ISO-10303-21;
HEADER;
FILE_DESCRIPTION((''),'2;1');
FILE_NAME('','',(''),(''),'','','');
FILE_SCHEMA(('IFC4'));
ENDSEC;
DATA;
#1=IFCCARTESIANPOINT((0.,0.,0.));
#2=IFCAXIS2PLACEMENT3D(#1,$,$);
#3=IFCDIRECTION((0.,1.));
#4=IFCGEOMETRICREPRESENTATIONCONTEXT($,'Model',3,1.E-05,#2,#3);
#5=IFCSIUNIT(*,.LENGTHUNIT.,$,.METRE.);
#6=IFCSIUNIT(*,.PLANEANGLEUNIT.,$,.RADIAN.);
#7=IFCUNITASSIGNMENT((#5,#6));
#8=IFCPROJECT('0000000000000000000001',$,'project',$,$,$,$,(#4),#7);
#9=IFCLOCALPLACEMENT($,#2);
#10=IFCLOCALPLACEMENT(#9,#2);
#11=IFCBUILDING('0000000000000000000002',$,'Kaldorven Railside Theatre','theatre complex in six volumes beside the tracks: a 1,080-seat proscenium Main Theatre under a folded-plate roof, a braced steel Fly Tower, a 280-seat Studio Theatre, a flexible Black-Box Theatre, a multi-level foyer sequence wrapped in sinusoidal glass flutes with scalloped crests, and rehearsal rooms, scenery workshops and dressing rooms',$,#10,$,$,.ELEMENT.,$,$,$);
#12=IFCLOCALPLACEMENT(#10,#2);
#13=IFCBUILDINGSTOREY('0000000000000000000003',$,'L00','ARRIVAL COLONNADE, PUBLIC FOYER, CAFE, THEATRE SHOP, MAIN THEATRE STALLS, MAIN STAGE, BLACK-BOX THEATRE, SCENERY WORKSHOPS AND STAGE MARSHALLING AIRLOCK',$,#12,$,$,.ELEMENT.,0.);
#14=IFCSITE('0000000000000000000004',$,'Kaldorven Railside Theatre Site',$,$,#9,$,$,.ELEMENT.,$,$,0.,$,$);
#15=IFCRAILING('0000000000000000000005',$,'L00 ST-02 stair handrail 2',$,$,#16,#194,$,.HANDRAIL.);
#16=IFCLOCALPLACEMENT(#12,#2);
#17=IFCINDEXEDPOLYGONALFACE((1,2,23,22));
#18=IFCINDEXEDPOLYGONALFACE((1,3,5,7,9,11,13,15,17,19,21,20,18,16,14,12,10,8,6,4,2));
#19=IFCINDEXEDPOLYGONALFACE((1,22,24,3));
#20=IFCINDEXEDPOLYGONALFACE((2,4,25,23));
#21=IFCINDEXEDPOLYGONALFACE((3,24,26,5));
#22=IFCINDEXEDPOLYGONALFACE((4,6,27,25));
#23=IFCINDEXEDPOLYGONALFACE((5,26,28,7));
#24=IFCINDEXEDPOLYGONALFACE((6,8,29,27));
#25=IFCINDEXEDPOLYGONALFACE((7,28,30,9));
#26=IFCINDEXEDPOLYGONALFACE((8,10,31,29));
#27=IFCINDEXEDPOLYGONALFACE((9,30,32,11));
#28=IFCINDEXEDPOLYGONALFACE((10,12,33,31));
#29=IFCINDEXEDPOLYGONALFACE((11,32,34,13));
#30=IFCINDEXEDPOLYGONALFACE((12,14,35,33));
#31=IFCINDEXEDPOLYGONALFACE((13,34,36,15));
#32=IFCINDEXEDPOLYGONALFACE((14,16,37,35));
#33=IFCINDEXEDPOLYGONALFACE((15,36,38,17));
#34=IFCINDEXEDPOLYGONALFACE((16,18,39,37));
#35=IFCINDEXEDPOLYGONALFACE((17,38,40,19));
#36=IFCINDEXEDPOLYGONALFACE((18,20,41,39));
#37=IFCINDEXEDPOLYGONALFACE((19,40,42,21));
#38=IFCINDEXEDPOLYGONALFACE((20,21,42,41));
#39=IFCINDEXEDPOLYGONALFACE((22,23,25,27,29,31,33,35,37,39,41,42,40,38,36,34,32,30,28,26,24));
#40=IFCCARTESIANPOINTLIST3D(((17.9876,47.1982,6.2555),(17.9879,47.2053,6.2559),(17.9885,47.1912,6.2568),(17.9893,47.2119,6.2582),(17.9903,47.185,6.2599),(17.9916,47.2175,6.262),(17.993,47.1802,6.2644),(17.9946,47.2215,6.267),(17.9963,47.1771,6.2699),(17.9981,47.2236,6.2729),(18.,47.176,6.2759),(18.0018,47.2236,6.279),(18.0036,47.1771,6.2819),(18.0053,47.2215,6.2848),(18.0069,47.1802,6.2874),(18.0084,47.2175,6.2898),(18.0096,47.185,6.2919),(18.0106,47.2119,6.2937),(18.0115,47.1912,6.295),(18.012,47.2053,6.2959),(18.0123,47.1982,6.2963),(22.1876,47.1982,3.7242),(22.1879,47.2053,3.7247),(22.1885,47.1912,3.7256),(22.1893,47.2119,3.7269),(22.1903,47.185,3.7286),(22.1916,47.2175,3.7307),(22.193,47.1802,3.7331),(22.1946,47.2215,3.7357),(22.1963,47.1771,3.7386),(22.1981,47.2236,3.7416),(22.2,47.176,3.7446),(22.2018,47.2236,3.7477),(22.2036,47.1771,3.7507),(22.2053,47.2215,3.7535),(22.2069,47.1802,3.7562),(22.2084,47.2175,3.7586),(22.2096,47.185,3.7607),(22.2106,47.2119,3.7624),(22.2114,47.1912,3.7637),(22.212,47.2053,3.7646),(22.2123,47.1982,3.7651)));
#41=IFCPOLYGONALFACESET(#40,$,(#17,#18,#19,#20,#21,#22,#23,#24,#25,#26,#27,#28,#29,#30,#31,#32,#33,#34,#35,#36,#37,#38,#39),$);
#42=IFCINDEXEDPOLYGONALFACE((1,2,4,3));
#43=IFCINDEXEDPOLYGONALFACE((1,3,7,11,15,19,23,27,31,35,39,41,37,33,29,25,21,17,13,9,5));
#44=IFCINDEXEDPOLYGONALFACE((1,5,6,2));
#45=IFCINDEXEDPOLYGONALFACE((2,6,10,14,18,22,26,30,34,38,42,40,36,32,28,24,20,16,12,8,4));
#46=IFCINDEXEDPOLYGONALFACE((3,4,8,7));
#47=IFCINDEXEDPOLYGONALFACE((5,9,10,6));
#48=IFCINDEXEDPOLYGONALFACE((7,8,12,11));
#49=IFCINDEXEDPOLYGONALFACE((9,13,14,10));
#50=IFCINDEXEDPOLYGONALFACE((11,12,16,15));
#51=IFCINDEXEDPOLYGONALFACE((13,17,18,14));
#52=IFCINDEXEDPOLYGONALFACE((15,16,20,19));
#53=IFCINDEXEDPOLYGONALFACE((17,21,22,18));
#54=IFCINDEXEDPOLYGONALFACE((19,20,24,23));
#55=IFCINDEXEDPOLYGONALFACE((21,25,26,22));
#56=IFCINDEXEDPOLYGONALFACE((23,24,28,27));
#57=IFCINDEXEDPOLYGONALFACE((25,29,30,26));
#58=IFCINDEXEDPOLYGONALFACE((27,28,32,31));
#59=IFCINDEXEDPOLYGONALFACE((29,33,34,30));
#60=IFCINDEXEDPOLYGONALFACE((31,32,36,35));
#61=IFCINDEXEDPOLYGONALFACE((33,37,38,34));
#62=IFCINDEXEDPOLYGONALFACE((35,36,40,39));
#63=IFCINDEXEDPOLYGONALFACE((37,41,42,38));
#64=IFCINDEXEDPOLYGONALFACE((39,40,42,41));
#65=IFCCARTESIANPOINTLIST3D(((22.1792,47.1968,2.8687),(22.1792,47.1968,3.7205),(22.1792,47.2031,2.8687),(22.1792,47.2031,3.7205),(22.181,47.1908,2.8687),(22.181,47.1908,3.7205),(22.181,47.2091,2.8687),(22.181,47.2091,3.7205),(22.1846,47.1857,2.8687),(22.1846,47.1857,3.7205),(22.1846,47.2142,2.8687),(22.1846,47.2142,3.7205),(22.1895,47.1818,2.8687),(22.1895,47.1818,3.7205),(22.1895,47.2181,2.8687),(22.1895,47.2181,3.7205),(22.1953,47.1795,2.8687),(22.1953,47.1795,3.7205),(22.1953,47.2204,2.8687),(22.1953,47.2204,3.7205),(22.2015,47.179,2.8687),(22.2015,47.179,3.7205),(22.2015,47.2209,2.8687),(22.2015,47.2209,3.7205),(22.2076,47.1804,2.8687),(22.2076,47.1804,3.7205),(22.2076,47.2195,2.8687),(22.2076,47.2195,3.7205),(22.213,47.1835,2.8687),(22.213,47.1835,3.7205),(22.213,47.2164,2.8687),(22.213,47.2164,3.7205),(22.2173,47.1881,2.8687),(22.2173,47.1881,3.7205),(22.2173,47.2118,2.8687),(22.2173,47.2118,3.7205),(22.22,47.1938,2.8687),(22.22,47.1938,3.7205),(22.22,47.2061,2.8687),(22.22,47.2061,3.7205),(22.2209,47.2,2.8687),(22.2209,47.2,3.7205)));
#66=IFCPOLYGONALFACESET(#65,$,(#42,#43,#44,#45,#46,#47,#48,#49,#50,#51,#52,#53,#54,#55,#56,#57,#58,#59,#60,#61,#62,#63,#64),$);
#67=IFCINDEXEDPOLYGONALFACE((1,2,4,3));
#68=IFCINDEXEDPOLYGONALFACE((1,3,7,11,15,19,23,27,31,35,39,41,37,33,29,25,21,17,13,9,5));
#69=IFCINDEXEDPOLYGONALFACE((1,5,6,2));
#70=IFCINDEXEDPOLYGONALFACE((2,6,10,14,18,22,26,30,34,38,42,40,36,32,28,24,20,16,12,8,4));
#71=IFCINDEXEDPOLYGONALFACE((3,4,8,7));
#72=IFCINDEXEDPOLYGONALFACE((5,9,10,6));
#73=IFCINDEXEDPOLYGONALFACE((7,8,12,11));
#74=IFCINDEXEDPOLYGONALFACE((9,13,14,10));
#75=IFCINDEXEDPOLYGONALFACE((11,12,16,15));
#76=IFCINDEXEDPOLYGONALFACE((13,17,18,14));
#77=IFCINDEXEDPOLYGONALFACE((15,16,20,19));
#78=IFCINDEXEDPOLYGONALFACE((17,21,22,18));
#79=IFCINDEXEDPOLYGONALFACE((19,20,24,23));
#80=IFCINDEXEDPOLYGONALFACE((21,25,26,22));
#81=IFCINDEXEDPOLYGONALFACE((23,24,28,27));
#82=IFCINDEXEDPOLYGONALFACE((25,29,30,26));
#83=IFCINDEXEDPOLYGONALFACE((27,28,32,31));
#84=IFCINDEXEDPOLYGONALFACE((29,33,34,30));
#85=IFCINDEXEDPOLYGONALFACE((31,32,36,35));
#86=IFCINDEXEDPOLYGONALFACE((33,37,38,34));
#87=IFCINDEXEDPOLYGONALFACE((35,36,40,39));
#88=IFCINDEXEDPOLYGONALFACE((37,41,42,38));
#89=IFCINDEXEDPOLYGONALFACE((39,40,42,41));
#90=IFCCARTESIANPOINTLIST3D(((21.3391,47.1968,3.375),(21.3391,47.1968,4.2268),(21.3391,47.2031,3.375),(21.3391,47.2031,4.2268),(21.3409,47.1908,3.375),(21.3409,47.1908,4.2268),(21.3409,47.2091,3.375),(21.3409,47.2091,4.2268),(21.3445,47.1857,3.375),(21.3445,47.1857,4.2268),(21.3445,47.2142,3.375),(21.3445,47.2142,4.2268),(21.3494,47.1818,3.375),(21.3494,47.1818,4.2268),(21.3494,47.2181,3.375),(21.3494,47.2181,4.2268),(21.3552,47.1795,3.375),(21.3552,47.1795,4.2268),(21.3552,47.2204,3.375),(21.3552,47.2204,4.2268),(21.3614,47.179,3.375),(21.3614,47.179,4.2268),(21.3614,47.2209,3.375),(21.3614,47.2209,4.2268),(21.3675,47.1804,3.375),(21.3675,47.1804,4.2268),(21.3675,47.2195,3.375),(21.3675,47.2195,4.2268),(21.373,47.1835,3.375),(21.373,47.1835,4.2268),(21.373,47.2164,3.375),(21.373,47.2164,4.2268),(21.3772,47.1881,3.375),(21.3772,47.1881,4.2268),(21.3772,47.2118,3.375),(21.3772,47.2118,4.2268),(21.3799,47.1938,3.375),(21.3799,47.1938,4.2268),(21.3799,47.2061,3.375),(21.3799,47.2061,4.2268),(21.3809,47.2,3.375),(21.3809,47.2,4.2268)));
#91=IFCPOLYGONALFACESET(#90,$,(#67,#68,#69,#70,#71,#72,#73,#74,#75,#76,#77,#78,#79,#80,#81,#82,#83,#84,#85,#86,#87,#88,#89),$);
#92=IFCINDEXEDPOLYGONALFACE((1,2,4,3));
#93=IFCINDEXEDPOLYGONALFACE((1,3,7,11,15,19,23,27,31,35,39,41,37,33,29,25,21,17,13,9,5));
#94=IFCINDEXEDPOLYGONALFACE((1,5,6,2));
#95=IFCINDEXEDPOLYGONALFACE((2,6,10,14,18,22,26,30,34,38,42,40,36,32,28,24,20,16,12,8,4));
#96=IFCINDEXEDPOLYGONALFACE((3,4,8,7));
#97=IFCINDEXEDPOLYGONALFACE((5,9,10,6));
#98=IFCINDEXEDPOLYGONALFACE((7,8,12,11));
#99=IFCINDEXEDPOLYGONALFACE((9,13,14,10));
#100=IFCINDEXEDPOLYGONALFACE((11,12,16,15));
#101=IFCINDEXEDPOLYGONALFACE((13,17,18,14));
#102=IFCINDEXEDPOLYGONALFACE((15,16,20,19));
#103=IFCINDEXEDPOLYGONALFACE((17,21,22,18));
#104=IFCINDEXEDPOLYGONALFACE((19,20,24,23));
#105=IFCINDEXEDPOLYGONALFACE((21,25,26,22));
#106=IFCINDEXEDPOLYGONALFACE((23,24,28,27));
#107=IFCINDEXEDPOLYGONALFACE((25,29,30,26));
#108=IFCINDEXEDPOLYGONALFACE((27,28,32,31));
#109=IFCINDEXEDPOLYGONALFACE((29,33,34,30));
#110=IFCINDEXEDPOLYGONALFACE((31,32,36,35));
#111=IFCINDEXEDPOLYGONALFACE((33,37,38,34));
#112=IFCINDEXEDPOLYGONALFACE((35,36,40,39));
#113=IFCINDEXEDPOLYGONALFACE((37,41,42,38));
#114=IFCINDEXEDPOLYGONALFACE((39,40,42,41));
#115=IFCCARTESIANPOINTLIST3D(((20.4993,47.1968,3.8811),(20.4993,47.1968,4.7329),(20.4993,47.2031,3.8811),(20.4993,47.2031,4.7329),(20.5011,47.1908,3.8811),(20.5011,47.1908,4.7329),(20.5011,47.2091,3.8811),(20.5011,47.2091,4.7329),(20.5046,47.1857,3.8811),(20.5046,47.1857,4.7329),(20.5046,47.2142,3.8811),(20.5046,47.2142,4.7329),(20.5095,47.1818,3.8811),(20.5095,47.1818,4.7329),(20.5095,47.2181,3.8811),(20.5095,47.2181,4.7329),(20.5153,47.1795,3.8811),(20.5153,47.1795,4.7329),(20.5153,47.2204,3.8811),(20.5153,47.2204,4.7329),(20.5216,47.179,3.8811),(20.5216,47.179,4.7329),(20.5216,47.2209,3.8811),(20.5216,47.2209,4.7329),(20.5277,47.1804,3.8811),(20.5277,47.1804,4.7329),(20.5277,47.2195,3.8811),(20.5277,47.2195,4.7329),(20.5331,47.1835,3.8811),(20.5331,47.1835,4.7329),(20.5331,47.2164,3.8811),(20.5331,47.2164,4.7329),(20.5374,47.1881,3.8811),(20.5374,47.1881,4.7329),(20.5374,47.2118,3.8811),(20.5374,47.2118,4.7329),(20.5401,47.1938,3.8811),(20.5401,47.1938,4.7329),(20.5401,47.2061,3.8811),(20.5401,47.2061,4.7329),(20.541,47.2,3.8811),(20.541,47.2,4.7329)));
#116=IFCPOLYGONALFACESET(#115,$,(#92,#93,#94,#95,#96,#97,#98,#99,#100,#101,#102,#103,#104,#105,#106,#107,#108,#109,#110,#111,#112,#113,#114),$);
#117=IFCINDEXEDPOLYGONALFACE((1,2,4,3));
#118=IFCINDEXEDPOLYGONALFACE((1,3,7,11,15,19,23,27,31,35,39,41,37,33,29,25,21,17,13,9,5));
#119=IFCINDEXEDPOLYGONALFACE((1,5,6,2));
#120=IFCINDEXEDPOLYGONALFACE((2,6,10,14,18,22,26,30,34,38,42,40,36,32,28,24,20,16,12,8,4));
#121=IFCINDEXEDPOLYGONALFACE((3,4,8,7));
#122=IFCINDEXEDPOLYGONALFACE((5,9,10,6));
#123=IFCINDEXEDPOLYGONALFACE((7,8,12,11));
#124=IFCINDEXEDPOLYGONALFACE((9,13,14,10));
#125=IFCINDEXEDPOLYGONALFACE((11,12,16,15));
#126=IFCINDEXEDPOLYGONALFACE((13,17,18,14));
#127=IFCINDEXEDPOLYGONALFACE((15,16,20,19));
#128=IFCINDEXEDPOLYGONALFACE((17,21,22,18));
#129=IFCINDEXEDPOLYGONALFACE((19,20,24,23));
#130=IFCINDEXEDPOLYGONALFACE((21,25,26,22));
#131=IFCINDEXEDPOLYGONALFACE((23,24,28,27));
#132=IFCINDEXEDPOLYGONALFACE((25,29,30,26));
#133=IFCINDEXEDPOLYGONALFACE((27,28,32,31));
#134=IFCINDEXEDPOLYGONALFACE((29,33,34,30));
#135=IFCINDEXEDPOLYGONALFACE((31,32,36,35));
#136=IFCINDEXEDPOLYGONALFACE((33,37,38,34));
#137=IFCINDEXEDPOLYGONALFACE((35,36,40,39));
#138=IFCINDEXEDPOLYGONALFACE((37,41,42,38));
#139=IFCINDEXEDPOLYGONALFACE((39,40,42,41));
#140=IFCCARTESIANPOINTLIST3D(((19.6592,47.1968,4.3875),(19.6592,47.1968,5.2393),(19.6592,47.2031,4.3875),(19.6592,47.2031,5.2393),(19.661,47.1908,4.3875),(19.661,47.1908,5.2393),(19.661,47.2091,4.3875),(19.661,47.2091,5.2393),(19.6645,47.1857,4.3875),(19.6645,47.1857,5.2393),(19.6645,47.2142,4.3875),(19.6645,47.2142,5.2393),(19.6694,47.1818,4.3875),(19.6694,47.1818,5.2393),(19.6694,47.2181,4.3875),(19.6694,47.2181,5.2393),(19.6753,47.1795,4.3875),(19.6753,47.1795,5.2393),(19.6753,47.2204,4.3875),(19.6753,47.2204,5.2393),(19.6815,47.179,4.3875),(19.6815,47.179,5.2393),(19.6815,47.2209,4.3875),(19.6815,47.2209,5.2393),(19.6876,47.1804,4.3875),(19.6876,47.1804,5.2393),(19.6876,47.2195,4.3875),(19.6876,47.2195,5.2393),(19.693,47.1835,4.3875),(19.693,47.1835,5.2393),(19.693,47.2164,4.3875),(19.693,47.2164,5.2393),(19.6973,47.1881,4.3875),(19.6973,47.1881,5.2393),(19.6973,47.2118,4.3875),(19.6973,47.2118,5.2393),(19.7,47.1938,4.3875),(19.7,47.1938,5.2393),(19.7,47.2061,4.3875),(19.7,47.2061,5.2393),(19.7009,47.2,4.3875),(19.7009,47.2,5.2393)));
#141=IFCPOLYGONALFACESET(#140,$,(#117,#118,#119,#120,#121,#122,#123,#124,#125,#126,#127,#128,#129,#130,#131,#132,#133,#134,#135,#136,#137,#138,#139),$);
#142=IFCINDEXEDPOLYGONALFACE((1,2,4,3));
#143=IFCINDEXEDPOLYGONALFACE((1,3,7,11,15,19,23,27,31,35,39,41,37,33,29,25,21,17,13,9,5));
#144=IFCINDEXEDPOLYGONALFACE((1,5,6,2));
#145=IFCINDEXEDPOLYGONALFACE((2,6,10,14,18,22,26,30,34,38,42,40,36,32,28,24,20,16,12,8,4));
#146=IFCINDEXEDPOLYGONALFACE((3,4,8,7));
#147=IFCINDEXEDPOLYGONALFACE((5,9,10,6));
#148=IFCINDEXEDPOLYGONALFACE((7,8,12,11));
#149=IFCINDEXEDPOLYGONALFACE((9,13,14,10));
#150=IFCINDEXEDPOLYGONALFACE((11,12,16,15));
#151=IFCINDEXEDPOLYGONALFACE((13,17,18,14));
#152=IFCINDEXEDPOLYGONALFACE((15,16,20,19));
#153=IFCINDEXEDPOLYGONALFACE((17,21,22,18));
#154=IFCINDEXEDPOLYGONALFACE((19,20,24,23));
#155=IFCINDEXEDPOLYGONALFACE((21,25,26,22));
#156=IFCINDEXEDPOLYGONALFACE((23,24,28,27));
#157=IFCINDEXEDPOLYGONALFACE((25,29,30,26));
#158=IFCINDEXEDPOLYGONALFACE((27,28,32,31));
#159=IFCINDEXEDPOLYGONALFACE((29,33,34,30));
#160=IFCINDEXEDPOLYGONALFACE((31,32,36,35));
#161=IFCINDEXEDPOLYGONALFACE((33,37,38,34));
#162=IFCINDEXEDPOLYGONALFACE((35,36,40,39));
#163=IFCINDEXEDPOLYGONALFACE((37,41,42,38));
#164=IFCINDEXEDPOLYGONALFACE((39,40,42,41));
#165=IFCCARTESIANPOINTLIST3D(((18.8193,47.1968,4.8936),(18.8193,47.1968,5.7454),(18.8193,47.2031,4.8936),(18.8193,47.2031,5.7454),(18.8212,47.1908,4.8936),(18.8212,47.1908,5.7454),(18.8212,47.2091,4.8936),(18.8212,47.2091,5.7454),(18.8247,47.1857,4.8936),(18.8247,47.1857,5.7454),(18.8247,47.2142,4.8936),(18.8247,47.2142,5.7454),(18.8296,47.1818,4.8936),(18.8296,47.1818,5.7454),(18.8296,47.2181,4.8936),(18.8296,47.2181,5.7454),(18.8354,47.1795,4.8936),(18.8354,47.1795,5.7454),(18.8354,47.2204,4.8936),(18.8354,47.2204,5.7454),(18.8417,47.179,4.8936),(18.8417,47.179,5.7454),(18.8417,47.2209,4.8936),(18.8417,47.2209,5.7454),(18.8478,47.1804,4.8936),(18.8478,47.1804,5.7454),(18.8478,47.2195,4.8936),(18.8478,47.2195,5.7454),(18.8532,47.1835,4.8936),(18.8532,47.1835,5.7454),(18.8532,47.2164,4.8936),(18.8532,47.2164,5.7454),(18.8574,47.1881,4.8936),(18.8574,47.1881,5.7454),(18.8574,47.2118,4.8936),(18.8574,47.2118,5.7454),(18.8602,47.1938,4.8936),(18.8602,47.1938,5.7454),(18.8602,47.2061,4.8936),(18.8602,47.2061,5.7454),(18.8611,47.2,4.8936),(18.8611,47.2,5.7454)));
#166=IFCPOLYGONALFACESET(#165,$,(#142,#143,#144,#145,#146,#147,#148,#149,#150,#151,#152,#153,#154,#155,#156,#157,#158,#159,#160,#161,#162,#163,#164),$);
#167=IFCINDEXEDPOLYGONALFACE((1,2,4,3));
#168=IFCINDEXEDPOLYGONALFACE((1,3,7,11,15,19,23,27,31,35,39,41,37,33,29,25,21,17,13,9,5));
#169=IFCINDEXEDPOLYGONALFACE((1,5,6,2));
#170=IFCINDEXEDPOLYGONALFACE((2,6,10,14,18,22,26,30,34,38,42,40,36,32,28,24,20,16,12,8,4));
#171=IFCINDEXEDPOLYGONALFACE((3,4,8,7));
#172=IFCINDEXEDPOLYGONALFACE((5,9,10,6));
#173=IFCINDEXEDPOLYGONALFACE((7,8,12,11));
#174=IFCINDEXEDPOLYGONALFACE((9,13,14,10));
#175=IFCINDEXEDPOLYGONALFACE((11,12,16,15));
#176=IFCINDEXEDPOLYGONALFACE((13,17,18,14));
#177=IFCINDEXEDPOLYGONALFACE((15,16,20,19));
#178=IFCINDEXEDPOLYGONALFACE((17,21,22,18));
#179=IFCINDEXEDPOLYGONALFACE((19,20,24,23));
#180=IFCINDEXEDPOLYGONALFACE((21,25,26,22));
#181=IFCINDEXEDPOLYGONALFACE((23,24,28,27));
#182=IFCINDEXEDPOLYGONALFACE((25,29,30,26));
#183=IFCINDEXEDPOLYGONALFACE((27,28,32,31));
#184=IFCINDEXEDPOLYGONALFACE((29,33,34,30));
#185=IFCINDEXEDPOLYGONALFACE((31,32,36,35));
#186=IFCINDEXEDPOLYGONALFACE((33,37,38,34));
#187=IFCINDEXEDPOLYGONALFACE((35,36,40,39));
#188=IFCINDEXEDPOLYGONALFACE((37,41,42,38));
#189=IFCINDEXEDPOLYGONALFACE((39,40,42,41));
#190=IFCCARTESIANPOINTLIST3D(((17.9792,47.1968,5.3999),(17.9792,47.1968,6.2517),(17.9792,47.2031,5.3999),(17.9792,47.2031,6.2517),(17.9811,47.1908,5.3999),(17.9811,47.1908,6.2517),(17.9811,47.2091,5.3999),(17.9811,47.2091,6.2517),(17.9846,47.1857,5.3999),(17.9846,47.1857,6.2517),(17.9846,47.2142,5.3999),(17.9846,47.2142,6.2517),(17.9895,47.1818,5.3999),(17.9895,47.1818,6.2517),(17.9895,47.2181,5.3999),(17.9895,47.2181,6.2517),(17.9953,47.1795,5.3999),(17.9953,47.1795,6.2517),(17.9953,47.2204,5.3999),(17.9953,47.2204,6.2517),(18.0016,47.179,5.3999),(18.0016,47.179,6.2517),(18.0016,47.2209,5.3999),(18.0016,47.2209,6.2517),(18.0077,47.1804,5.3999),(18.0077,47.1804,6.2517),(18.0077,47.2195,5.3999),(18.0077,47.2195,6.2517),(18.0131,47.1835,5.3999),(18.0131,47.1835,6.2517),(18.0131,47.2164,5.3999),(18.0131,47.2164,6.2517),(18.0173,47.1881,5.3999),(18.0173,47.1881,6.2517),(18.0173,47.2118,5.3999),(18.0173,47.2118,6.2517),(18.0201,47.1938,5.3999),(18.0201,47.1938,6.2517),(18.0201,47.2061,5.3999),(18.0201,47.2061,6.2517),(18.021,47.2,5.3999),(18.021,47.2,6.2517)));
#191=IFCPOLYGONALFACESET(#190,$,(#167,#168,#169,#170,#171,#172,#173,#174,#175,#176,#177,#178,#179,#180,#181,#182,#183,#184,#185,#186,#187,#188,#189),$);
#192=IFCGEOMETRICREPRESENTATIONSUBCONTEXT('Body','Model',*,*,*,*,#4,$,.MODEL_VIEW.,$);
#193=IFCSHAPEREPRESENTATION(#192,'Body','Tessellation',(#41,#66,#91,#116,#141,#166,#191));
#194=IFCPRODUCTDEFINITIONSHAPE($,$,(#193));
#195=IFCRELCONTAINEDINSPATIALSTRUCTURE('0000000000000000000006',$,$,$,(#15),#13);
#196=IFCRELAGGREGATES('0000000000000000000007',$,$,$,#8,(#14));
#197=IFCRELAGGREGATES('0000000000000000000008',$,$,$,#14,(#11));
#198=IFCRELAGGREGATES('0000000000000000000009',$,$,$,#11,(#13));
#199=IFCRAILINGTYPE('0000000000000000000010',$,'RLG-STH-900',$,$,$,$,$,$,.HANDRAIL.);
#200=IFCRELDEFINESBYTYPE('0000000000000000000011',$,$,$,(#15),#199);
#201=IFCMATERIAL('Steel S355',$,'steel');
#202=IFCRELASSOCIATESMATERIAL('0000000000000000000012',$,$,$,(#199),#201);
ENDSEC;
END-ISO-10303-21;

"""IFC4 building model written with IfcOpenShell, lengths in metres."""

from ifc_helpers import new_model, si_unit, direction, frame, origin, origin_2d, place, context, subcontext, project, spatial, circle, extrude, material, type_object, element, save


model = new_model("IFC4")

# Units and contexts
model_context = context("Model", 3, precision=1e-05, world=origin(), true_north=direction((0.0, 1.0)))
body_context = subcontext(model_context, "Body", "Model", "MODEL_VIEW")
ifc_project = project(units=[si_unit("LENGTHUNIT", "METRE"), si_unit("PLANEANGLEUNIT", "RADIAN")], contexts=[model_context])

# Site, building, storey
site_placement = place(None, origin())
site = spatial("IfcSite", under=ifc_project, at=site_placement, Name="Kaldorven Railside Theatre Site", CompositionType="ELEMENT", RefElevation=0.0)
building_placement = place(site_placement, origin())
building = spatial("IfcBuilding", under=site, at=building_placement, Name="Kaldorven Railside Theatre", Description="theatre complex in six volumes beside the tracks: a 1,080-seat proscenium Main Theatre under a folded-plate roof, a braced steel Fly Tower, a 280-seat Studio Theatre, a flexible Black-Box Theatre, a multi-level foyer sequence wrapped in sinusoidal glass flutes with scalloped crests, and rehearsal rooms, scenery workshops and dressing rooms", CompositionType="ELEMENT")
storey_placement = place(building_placement, origin())
storey = spatial("IfcBuildingStorey", under=building, at=storey_placement, Name="L00", Description="ARRIVAL COLONNADE, PUBLIC FOYER, CAFE, THEATRE SHOP, MAIN THEATRE STALLS, MAIN STAGE, BLACK-BOX THEATRE, SCENERY WORKSHOPS AND STAGE MARSHALLING AIRLOCK", CompositionType="ELEMENT", Elevation=0.0)

# Shared definitions
ifc_material_1 = material(Name="Steel S355", Category="steel")

# Railing
railing_type_1 = type_object("IfcRailingType", Name="RLG-STH-900", PredefinedType="HANDRAIL", material=ifc_material_1)
railing_1_placement = place(storey_placement, frame((22.2, 47.2, 2.8687)))
element("IfcRailing", 1, at=railing_1_placement, inside=storey, type_object=railing_type_1, Name="L00 ST-02 stair handrail 2", PredefinedType="HANDRAIL", context=body_context, shape_type="SweptSolid", body=[
    extrude(circle(Radius=0.0239, at=origin_2d()), frame((0.0, 0.0, 0.876), z_axis=(-0.856476, 0.0, 0.516186), x_axis=(0.0, -1.0, 0.0)), (0.0, 0.0, 1.0), 4.9038),
    extrude(circle(Radius=0.021, at=origin_2d()), origin(), (0.0, 0.0, 1.0), 0.8518),
    extrude(circle(Radius=0.021, at=origin_2d()), frame((-0.8401, 0.0, 0.5063)), (0.0, 0.0, 1.0), 0.8518),
    extrude(circle(Radius=0.021, at=origin_2d()), frame((-1.6799, 0.0, 1.0125)), (0.0, 0.0, 1.0), 0.8518),
    extrude(circle(Radius=0.021, at=origin_2d()), frame((-2.52, 0.0, 1.5188)), (0.0, 0.0, 1.0), 0.8518),
    extrude(circle(Radius=0.021, at=origin_2d()), frame((-3.3599, 0.0, 2.0249)), (0.0, 0.0, 1.0), 0.8518),
    extrude(circle(Radius=0.021, at=origin_2d()), frame((-4.2, 0.0, 2.5312)), (0.0, 0.0, 1.0), 0.8518),
])

save(model, "model.ifc")
